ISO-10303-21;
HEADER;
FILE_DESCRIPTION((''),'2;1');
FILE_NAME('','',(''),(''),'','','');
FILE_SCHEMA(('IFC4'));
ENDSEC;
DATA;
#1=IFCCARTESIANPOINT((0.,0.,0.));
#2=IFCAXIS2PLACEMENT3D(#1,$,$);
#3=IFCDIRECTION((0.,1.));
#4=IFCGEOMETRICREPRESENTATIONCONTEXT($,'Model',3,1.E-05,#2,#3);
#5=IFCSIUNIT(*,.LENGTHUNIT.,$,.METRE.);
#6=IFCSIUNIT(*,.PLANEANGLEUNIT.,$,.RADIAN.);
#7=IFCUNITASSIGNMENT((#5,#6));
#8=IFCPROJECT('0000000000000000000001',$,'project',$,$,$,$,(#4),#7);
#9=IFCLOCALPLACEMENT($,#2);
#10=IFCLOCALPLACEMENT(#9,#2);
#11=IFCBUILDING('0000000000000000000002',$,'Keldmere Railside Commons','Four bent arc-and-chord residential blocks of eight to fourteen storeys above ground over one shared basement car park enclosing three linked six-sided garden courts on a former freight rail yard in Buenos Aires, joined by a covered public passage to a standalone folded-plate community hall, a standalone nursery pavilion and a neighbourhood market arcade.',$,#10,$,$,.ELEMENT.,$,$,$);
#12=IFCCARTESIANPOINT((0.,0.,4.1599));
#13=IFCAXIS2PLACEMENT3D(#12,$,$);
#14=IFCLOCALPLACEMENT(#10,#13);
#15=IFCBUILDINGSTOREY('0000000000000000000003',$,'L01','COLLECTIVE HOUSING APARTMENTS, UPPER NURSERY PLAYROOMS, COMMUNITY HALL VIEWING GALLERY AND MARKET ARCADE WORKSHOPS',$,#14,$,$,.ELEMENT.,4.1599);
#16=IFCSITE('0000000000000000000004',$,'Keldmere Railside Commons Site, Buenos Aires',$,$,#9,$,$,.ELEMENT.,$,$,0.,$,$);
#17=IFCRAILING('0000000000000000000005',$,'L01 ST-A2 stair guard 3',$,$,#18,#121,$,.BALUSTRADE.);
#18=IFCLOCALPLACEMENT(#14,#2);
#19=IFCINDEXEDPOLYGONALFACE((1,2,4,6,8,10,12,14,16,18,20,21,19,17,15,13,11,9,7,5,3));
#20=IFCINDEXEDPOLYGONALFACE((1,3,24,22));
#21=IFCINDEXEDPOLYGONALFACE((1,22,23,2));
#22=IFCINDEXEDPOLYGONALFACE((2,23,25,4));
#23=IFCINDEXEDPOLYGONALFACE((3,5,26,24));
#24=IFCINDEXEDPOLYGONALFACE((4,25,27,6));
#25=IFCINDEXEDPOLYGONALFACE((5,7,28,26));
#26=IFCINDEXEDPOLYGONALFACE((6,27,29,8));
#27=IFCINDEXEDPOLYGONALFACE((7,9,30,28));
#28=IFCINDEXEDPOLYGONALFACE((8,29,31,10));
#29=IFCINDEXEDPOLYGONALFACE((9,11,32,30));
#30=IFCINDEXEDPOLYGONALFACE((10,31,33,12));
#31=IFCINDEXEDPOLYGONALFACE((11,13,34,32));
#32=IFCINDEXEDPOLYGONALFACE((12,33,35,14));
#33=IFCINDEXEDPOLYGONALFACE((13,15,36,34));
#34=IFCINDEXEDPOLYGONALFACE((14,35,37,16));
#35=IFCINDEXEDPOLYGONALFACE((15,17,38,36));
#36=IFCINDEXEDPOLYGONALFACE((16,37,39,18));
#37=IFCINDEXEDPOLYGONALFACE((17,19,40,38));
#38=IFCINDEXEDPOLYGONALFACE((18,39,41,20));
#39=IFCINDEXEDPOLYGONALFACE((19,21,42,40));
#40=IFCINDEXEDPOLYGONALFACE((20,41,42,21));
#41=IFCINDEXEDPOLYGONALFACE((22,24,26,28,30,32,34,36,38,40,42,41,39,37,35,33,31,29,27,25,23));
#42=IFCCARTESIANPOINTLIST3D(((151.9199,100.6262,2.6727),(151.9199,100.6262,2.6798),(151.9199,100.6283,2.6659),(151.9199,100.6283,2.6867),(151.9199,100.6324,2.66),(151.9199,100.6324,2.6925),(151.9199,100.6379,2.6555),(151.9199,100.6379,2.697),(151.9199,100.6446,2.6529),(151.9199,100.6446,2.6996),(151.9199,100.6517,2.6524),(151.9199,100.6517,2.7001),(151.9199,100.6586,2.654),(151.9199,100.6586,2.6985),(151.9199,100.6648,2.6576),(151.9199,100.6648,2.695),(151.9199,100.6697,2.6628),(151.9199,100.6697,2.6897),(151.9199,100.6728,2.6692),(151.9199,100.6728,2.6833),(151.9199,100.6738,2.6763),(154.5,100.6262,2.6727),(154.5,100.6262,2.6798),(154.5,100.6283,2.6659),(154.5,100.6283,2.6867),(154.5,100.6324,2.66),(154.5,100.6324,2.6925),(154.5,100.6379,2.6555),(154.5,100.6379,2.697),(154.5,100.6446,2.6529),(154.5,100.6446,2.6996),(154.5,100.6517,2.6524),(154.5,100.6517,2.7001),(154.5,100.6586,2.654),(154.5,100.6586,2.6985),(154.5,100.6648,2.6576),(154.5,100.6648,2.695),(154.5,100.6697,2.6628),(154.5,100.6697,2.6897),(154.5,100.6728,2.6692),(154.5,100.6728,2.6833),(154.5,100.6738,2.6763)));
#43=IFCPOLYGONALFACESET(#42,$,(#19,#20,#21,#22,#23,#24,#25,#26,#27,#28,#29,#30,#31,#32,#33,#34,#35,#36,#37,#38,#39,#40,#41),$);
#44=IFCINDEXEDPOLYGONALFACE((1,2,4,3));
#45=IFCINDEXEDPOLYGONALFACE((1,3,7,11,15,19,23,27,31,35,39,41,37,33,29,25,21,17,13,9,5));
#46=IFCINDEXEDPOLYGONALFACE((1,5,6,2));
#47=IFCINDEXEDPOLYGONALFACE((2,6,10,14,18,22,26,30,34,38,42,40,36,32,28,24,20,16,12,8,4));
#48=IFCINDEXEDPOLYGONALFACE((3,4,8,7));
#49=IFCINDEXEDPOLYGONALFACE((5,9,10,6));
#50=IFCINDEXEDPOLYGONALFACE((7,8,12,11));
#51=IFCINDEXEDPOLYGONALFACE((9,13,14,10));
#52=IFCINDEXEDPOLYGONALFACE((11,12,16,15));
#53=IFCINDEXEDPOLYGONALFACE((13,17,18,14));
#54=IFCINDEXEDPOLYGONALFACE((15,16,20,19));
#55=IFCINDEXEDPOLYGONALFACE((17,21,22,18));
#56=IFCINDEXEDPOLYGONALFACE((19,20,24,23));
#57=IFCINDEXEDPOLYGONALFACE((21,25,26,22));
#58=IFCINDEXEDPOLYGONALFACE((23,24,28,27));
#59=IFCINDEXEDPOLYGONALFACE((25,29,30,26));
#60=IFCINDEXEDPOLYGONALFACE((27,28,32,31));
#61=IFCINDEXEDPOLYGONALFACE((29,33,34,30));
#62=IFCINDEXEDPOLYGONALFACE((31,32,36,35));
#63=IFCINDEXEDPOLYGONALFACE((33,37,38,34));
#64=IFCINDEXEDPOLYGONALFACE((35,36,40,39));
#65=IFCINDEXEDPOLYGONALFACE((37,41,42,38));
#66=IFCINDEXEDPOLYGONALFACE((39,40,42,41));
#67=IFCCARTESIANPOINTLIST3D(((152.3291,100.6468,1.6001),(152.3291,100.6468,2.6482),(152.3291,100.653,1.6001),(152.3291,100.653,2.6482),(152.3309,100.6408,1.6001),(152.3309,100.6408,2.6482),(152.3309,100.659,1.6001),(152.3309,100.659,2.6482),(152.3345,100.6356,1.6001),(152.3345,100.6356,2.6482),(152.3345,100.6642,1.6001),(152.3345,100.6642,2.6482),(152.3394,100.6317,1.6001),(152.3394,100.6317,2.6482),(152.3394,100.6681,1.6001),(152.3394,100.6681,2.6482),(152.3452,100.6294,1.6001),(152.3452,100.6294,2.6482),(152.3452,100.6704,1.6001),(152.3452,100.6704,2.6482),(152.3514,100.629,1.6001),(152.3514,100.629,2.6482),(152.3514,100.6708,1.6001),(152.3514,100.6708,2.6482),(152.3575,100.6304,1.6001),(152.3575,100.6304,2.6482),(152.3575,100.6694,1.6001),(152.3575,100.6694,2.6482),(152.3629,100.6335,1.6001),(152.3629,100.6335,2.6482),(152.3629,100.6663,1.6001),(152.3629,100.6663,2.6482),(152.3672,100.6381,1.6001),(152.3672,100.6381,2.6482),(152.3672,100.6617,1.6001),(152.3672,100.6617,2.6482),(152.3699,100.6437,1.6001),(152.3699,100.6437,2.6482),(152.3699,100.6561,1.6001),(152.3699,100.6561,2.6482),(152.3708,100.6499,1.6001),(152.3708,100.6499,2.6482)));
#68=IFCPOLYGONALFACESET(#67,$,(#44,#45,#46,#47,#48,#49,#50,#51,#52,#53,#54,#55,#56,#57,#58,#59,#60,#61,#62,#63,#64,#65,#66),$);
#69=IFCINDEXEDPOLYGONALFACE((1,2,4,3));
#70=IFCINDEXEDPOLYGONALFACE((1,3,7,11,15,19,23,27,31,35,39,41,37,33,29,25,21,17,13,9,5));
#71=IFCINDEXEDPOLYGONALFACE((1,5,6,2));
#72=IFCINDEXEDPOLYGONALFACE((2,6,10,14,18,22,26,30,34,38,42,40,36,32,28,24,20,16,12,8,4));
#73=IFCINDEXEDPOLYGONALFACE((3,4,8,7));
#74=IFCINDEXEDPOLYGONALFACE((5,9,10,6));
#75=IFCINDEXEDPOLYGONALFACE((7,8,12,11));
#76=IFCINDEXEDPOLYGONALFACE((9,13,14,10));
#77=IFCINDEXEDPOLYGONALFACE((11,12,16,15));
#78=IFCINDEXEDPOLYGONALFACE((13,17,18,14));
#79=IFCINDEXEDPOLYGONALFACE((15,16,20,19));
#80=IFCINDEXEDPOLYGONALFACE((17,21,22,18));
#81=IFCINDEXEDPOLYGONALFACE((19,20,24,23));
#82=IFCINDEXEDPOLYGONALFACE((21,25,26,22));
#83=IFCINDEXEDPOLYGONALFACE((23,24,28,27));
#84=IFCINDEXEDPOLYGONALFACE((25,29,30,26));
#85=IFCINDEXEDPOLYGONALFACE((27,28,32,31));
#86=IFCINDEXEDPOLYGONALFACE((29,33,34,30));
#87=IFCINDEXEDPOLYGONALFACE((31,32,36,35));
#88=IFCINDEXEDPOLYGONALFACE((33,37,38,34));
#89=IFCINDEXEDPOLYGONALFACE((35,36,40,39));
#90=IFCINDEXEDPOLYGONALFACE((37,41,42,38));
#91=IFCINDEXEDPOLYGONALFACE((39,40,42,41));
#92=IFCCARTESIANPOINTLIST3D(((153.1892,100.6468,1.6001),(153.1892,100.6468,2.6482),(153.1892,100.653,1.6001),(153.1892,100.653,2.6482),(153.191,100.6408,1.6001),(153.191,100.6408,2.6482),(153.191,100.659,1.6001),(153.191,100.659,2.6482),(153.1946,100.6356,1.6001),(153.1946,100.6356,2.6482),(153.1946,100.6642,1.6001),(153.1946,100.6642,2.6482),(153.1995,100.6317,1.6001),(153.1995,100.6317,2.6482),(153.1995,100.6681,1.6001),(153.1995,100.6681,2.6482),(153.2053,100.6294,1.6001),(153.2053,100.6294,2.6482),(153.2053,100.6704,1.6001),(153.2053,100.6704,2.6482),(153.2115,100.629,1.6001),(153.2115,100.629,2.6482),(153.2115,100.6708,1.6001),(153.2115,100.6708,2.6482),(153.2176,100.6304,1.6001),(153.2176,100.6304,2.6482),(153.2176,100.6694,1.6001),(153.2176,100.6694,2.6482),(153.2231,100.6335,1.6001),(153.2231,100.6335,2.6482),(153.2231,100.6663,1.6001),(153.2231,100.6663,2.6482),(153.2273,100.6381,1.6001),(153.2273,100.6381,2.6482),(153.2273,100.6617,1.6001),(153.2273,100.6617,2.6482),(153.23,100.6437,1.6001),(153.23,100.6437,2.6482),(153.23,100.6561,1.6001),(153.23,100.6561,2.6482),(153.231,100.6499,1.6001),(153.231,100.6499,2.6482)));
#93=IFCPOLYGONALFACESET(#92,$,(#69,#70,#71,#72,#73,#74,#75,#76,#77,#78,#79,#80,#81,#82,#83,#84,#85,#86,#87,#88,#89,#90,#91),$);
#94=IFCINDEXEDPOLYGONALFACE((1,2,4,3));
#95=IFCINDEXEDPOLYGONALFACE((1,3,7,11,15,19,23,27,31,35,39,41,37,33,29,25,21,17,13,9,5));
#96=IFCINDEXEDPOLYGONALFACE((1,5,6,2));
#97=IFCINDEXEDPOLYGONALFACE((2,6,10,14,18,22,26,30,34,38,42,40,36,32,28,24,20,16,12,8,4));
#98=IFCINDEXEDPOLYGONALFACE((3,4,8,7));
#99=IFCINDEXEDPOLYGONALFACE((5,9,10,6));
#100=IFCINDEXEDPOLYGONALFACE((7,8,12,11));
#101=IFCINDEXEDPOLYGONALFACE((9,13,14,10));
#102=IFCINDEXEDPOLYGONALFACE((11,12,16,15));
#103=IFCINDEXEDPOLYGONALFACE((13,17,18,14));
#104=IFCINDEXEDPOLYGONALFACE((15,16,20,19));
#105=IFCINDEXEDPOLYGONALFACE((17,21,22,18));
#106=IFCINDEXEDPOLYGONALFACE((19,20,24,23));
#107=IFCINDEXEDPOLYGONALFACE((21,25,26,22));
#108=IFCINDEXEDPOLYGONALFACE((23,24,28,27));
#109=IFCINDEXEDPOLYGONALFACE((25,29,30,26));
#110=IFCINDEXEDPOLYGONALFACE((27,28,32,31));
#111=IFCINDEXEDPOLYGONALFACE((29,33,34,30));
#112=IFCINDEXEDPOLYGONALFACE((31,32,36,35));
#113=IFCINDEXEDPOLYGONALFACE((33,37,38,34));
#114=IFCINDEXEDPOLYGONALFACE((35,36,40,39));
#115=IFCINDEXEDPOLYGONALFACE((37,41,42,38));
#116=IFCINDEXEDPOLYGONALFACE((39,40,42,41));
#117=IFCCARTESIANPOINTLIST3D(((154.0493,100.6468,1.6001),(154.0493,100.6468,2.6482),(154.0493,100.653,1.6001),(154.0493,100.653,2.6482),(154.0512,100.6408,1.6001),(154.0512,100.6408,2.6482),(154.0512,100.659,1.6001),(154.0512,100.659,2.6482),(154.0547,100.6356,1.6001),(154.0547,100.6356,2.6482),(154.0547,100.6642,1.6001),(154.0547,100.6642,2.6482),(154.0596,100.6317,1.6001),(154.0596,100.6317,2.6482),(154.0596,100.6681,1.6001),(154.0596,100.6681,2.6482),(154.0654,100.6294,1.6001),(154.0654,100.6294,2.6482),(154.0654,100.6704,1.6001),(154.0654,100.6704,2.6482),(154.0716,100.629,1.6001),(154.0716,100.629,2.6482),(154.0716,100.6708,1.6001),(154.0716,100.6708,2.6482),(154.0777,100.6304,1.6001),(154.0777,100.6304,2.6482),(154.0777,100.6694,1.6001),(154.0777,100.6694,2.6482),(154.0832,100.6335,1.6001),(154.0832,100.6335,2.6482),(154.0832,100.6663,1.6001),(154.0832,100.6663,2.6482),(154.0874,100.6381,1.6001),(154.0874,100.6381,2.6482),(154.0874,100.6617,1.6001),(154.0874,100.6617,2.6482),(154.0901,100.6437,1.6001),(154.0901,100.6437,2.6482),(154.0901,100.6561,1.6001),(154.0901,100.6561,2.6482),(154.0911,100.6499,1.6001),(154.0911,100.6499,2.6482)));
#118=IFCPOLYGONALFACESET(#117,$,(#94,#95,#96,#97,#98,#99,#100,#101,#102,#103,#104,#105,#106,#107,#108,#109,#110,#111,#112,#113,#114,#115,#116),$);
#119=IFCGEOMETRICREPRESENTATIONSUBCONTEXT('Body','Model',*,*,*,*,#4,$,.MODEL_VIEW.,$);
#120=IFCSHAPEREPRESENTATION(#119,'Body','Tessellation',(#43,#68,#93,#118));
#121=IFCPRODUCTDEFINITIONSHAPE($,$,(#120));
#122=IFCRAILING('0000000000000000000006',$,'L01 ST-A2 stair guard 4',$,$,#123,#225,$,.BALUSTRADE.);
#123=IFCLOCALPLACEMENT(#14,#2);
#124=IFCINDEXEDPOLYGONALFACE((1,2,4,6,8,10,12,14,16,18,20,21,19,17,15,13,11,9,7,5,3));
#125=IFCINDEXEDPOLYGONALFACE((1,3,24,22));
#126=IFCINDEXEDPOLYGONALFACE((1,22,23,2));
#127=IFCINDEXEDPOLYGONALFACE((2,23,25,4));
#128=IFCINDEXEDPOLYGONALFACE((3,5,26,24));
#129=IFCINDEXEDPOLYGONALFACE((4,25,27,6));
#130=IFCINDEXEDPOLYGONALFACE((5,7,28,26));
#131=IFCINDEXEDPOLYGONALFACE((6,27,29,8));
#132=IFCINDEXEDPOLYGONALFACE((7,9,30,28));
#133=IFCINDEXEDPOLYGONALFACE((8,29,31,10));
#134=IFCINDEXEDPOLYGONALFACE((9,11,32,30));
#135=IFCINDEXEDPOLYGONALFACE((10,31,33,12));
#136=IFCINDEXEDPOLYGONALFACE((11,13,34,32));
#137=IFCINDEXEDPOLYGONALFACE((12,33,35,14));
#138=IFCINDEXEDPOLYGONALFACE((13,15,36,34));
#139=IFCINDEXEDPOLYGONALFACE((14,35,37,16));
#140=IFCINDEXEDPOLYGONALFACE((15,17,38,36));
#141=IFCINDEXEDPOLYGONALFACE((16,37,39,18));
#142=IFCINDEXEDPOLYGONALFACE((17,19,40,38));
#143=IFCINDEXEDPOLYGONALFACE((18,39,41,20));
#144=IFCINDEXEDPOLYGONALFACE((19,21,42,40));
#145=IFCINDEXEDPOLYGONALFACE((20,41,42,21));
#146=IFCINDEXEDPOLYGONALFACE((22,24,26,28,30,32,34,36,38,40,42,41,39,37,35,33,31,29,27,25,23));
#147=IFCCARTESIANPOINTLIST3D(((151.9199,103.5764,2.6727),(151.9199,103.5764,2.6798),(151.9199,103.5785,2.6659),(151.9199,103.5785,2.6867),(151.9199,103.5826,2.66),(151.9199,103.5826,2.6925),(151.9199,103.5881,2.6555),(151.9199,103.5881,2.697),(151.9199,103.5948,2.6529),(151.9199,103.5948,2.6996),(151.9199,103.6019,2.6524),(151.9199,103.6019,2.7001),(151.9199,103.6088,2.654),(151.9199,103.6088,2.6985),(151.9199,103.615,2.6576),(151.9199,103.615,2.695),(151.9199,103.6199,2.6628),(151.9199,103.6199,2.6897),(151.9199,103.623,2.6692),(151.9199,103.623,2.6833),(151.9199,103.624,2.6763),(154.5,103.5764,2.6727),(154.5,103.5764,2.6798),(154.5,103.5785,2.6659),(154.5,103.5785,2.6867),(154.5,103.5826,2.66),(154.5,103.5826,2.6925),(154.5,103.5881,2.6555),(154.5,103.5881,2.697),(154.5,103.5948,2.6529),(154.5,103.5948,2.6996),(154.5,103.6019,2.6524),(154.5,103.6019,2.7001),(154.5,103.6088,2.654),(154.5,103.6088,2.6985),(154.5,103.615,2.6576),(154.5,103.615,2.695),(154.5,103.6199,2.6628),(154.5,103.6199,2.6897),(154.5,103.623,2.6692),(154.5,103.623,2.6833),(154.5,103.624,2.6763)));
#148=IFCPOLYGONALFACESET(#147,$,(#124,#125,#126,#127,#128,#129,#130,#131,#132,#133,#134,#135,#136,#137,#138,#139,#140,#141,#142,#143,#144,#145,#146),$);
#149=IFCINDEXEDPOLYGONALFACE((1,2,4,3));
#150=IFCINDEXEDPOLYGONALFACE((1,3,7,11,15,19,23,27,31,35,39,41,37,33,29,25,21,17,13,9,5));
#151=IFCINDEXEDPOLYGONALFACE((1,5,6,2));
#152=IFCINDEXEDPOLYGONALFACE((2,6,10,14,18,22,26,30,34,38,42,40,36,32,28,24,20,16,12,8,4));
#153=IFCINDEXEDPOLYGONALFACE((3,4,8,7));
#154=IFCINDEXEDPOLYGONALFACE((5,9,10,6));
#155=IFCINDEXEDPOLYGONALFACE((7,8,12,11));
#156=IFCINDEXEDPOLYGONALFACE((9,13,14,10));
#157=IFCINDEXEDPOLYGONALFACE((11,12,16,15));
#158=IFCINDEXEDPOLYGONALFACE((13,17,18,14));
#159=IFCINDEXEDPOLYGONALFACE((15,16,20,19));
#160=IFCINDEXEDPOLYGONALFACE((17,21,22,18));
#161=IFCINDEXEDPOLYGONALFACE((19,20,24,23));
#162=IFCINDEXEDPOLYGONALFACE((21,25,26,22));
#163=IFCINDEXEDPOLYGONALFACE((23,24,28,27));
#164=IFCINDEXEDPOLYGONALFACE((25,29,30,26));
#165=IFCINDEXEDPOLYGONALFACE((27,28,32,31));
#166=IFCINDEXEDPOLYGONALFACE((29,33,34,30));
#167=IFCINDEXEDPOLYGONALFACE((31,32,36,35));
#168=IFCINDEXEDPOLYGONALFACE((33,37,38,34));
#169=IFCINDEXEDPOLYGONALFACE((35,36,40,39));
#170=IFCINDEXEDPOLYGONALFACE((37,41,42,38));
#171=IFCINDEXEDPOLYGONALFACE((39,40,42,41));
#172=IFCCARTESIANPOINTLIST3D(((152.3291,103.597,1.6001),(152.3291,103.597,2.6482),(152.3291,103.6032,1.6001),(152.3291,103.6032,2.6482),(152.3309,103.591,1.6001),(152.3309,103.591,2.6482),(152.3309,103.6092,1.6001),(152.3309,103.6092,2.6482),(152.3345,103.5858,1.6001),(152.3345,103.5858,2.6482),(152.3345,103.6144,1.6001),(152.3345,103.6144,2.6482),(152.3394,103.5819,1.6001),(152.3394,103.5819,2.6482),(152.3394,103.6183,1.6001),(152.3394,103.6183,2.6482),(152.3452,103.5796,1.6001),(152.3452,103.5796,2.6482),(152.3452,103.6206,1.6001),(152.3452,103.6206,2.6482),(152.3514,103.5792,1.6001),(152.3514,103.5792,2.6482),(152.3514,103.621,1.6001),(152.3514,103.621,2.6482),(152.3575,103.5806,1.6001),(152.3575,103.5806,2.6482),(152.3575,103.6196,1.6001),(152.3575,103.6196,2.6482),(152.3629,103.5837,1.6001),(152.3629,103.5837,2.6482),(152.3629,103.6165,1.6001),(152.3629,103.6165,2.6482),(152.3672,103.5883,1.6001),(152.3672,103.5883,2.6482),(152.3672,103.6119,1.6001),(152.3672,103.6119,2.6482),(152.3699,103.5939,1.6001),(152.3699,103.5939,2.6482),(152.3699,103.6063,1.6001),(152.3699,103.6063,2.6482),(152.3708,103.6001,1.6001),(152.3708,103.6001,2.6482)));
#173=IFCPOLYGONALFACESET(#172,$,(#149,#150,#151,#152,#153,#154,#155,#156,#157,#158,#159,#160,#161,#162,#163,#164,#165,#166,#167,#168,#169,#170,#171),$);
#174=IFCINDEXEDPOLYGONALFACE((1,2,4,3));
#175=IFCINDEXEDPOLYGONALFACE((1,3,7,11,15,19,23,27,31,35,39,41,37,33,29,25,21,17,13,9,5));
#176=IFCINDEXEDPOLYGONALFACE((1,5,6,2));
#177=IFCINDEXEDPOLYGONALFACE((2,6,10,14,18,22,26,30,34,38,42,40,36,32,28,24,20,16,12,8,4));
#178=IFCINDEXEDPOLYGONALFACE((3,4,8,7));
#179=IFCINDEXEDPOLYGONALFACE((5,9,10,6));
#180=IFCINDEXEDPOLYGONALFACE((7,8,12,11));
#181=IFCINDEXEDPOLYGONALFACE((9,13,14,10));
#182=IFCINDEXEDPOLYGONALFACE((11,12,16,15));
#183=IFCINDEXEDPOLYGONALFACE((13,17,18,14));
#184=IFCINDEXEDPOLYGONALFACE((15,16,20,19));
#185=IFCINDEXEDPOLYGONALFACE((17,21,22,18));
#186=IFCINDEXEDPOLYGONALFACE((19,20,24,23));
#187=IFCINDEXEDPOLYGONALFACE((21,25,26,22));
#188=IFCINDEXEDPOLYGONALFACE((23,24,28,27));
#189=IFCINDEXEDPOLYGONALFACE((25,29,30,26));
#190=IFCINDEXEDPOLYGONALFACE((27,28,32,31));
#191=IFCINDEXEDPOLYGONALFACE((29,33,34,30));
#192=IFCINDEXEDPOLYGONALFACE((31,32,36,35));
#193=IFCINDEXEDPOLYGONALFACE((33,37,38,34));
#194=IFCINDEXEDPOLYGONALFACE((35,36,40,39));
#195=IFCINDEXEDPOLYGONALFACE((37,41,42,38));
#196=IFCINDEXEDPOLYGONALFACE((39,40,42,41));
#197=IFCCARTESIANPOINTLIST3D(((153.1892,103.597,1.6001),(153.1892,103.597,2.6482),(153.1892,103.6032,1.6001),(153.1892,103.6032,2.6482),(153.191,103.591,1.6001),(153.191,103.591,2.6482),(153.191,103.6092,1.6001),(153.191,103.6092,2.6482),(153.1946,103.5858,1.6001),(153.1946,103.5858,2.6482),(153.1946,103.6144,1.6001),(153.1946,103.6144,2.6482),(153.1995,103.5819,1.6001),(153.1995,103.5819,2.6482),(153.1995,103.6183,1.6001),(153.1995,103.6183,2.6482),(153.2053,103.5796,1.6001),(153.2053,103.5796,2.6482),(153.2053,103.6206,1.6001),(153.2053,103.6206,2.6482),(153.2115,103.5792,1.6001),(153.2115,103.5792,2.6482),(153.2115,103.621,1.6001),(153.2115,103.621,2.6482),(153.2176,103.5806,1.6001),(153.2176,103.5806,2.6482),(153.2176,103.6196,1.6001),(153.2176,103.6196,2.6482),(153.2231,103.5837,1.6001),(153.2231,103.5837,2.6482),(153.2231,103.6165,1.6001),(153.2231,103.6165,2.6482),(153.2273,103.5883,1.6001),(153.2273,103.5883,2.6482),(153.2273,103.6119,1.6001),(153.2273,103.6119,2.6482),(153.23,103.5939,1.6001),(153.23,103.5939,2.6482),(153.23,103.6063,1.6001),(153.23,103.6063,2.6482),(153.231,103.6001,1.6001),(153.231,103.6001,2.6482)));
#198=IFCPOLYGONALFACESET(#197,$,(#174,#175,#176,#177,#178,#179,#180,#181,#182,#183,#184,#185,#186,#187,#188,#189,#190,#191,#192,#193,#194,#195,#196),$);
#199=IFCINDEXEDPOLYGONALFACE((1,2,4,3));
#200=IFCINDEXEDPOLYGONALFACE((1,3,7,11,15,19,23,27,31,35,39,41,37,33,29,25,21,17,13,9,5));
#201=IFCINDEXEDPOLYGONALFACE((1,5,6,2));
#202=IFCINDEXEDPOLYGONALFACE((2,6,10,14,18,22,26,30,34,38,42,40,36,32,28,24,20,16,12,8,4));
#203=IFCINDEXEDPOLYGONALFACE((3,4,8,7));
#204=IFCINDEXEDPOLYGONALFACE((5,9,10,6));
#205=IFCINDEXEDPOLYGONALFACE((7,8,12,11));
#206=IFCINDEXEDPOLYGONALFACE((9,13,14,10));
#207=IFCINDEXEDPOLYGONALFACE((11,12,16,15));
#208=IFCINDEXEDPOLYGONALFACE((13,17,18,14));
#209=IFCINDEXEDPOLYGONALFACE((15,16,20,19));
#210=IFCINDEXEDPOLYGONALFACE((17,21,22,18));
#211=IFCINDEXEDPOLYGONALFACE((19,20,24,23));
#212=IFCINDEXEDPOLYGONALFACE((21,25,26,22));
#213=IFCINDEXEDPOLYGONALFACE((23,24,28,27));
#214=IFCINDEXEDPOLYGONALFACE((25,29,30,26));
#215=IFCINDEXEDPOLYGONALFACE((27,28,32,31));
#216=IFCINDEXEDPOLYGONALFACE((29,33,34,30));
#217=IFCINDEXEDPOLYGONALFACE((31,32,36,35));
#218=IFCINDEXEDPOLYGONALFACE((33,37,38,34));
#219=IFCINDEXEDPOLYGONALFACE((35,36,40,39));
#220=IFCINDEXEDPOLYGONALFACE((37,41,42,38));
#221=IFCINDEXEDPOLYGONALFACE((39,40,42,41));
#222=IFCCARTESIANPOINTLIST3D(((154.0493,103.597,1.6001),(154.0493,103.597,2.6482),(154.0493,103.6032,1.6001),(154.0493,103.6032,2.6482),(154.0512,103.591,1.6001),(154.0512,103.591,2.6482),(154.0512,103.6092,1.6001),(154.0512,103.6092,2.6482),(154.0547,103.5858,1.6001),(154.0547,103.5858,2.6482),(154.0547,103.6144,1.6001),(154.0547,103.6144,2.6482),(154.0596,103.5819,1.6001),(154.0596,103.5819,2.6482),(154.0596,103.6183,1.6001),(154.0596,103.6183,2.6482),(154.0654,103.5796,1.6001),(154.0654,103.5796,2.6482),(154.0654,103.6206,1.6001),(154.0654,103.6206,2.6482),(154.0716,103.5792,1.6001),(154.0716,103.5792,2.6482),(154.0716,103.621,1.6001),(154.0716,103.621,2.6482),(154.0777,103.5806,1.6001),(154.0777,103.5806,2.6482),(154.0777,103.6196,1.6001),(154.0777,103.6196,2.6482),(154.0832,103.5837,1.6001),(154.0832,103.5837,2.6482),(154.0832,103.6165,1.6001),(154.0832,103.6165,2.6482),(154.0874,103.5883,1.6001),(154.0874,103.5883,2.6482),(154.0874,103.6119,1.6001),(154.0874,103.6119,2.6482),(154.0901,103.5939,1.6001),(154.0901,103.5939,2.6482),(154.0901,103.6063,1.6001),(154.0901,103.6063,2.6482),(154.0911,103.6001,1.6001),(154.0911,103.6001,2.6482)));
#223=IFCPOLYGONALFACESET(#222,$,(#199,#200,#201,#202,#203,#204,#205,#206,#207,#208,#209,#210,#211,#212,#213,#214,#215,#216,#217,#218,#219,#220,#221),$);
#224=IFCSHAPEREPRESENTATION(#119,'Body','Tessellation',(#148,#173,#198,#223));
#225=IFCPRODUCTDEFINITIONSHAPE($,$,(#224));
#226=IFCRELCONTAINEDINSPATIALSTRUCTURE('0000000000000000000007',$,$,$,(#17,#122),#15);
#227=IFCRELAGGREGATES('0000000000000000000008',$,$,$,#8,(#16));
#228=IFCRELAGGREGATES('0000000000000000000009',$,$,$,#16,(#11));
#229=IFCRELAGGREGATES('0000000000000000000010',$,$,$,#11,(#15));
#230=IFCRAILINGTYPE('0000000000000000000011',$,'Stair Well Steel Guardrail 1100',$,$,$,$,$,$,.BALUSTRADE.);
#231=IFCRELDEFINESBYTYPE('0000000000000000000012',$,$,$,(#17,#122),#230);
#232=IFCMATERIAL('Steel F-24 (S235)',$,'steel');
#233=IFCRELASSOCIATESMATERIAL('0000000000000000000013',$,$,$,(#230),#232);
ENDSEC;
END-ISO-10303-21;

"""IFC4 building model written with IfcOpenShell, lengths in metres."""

from ifc_helpers import new_model, si_unit, direction, frame, origin, origin_2d, place, context, subcontext, project, spatial, circle, extrude, material, type_object, element, save


model = new_model("IFC4")

# Units and contexts
model_context = context("Model", 3, precision=1e-05, world=origin(), true_north=direction((0.0, 1.0)))
body_context = subcontext(model_context, "Body", "Model", "MODEL_VIEW")
ifc_project = project(units=[si_unit("LENGTHUNIT", "METRE"), si_unit("PLANEANGLEUNIT", "RADIAN")], contexts=[model_context])

# Site, building, storey
site_placement = place(None, origin())
site = spatial("IfcSite", under=ifc_project, at=site_placement, Name="Keldmere Railside Commons Site, Buenos Aires", CompositionType="ELEMENT", RefElevation=0.0)
building_placement = place(site_placement, origin())
building = spatial("IfcBuilding", under=site, at=building_placement, Name="Keldmere Railside Commons", Description="Four bent arc-and-chord residential blocks of eight to fourteen storeys above ground over one shared basement car park enclosing three linked six-sided garden courts on a former freight rail yard in Buenos Aires, joined by a covered public passage to a standalone folded-plate community hall, a standalone nursery pavilion and a neighbourhood market arcade.", CompositionType="ELEMENT")
storey_placement = place(building_placement, frame((0.0, 0.0, 4.1599)))
storey = spatial("IfcBuildingStorey", under=building, at=storey_placement, Name="L01", Description="COLLECTIVE HOUSING APARTMENTS, UPPER NURSERY PLAYROOMS, COMMUNITY HALL VIEWING GALLERY AND MARKET ARCADE WORKSHOPS", CompositionType="ELEMENT", Elevation=4.1599)

# Shared definitions
ifc_material_1 = material(Name="Steel F-24 (S235)", Category="steel")

# Railings
railing_type_1 = type_object("IfcRailingType", Name="Stair Well Steel Guardrail 1100", PredefinedType="BALUSTRADE", material=ifc_material_1)
for number, where, name in (
    (1, (151.9199, 100.6499, 1.6001), "L01 ST-A2 stair guard 3"),
    (2, (151.9199, 103.6001, 1.6001), "L01 ST-A2 stair guard 4"),
):
    element("IfcRailing", number, at=place(storey_placement, frame(where)), inside=storey, type_object=railing_type_1, Name=name, PredefinedType="BALUSTRADE", context=body_context, shape_type="SweptSolid", body=[
        extrude(circle(Radius=0.0239, at=origin_2d()), frame((0.0, 0.0, 1.0762), z_axis=(1.0, 0.0, 0.0), x_axis=(0.0, 1.0, 0.0)), (0.0, 0.0, 1.0), 2.5801),
        extrude(circle(Radius=0.021, at=origin_2d()), frame((0.4299, 0.0, 0.0)), (0.0, 0.0, 1.0), 1.0481),
        extrude(circle(Radius=0.021, at=origin_2d()), frame((1.29, 0.0, 0.0)), (0.0, 0.0, 1.0), 1.0481),
        extrude(circle(Radius=0.021, at=origin_2d()), frame((2.1501, 0.0, 0.0)), (0.0, 0.0, 1.0), 1.0481),
    ])

save(model, "model.ifc")
